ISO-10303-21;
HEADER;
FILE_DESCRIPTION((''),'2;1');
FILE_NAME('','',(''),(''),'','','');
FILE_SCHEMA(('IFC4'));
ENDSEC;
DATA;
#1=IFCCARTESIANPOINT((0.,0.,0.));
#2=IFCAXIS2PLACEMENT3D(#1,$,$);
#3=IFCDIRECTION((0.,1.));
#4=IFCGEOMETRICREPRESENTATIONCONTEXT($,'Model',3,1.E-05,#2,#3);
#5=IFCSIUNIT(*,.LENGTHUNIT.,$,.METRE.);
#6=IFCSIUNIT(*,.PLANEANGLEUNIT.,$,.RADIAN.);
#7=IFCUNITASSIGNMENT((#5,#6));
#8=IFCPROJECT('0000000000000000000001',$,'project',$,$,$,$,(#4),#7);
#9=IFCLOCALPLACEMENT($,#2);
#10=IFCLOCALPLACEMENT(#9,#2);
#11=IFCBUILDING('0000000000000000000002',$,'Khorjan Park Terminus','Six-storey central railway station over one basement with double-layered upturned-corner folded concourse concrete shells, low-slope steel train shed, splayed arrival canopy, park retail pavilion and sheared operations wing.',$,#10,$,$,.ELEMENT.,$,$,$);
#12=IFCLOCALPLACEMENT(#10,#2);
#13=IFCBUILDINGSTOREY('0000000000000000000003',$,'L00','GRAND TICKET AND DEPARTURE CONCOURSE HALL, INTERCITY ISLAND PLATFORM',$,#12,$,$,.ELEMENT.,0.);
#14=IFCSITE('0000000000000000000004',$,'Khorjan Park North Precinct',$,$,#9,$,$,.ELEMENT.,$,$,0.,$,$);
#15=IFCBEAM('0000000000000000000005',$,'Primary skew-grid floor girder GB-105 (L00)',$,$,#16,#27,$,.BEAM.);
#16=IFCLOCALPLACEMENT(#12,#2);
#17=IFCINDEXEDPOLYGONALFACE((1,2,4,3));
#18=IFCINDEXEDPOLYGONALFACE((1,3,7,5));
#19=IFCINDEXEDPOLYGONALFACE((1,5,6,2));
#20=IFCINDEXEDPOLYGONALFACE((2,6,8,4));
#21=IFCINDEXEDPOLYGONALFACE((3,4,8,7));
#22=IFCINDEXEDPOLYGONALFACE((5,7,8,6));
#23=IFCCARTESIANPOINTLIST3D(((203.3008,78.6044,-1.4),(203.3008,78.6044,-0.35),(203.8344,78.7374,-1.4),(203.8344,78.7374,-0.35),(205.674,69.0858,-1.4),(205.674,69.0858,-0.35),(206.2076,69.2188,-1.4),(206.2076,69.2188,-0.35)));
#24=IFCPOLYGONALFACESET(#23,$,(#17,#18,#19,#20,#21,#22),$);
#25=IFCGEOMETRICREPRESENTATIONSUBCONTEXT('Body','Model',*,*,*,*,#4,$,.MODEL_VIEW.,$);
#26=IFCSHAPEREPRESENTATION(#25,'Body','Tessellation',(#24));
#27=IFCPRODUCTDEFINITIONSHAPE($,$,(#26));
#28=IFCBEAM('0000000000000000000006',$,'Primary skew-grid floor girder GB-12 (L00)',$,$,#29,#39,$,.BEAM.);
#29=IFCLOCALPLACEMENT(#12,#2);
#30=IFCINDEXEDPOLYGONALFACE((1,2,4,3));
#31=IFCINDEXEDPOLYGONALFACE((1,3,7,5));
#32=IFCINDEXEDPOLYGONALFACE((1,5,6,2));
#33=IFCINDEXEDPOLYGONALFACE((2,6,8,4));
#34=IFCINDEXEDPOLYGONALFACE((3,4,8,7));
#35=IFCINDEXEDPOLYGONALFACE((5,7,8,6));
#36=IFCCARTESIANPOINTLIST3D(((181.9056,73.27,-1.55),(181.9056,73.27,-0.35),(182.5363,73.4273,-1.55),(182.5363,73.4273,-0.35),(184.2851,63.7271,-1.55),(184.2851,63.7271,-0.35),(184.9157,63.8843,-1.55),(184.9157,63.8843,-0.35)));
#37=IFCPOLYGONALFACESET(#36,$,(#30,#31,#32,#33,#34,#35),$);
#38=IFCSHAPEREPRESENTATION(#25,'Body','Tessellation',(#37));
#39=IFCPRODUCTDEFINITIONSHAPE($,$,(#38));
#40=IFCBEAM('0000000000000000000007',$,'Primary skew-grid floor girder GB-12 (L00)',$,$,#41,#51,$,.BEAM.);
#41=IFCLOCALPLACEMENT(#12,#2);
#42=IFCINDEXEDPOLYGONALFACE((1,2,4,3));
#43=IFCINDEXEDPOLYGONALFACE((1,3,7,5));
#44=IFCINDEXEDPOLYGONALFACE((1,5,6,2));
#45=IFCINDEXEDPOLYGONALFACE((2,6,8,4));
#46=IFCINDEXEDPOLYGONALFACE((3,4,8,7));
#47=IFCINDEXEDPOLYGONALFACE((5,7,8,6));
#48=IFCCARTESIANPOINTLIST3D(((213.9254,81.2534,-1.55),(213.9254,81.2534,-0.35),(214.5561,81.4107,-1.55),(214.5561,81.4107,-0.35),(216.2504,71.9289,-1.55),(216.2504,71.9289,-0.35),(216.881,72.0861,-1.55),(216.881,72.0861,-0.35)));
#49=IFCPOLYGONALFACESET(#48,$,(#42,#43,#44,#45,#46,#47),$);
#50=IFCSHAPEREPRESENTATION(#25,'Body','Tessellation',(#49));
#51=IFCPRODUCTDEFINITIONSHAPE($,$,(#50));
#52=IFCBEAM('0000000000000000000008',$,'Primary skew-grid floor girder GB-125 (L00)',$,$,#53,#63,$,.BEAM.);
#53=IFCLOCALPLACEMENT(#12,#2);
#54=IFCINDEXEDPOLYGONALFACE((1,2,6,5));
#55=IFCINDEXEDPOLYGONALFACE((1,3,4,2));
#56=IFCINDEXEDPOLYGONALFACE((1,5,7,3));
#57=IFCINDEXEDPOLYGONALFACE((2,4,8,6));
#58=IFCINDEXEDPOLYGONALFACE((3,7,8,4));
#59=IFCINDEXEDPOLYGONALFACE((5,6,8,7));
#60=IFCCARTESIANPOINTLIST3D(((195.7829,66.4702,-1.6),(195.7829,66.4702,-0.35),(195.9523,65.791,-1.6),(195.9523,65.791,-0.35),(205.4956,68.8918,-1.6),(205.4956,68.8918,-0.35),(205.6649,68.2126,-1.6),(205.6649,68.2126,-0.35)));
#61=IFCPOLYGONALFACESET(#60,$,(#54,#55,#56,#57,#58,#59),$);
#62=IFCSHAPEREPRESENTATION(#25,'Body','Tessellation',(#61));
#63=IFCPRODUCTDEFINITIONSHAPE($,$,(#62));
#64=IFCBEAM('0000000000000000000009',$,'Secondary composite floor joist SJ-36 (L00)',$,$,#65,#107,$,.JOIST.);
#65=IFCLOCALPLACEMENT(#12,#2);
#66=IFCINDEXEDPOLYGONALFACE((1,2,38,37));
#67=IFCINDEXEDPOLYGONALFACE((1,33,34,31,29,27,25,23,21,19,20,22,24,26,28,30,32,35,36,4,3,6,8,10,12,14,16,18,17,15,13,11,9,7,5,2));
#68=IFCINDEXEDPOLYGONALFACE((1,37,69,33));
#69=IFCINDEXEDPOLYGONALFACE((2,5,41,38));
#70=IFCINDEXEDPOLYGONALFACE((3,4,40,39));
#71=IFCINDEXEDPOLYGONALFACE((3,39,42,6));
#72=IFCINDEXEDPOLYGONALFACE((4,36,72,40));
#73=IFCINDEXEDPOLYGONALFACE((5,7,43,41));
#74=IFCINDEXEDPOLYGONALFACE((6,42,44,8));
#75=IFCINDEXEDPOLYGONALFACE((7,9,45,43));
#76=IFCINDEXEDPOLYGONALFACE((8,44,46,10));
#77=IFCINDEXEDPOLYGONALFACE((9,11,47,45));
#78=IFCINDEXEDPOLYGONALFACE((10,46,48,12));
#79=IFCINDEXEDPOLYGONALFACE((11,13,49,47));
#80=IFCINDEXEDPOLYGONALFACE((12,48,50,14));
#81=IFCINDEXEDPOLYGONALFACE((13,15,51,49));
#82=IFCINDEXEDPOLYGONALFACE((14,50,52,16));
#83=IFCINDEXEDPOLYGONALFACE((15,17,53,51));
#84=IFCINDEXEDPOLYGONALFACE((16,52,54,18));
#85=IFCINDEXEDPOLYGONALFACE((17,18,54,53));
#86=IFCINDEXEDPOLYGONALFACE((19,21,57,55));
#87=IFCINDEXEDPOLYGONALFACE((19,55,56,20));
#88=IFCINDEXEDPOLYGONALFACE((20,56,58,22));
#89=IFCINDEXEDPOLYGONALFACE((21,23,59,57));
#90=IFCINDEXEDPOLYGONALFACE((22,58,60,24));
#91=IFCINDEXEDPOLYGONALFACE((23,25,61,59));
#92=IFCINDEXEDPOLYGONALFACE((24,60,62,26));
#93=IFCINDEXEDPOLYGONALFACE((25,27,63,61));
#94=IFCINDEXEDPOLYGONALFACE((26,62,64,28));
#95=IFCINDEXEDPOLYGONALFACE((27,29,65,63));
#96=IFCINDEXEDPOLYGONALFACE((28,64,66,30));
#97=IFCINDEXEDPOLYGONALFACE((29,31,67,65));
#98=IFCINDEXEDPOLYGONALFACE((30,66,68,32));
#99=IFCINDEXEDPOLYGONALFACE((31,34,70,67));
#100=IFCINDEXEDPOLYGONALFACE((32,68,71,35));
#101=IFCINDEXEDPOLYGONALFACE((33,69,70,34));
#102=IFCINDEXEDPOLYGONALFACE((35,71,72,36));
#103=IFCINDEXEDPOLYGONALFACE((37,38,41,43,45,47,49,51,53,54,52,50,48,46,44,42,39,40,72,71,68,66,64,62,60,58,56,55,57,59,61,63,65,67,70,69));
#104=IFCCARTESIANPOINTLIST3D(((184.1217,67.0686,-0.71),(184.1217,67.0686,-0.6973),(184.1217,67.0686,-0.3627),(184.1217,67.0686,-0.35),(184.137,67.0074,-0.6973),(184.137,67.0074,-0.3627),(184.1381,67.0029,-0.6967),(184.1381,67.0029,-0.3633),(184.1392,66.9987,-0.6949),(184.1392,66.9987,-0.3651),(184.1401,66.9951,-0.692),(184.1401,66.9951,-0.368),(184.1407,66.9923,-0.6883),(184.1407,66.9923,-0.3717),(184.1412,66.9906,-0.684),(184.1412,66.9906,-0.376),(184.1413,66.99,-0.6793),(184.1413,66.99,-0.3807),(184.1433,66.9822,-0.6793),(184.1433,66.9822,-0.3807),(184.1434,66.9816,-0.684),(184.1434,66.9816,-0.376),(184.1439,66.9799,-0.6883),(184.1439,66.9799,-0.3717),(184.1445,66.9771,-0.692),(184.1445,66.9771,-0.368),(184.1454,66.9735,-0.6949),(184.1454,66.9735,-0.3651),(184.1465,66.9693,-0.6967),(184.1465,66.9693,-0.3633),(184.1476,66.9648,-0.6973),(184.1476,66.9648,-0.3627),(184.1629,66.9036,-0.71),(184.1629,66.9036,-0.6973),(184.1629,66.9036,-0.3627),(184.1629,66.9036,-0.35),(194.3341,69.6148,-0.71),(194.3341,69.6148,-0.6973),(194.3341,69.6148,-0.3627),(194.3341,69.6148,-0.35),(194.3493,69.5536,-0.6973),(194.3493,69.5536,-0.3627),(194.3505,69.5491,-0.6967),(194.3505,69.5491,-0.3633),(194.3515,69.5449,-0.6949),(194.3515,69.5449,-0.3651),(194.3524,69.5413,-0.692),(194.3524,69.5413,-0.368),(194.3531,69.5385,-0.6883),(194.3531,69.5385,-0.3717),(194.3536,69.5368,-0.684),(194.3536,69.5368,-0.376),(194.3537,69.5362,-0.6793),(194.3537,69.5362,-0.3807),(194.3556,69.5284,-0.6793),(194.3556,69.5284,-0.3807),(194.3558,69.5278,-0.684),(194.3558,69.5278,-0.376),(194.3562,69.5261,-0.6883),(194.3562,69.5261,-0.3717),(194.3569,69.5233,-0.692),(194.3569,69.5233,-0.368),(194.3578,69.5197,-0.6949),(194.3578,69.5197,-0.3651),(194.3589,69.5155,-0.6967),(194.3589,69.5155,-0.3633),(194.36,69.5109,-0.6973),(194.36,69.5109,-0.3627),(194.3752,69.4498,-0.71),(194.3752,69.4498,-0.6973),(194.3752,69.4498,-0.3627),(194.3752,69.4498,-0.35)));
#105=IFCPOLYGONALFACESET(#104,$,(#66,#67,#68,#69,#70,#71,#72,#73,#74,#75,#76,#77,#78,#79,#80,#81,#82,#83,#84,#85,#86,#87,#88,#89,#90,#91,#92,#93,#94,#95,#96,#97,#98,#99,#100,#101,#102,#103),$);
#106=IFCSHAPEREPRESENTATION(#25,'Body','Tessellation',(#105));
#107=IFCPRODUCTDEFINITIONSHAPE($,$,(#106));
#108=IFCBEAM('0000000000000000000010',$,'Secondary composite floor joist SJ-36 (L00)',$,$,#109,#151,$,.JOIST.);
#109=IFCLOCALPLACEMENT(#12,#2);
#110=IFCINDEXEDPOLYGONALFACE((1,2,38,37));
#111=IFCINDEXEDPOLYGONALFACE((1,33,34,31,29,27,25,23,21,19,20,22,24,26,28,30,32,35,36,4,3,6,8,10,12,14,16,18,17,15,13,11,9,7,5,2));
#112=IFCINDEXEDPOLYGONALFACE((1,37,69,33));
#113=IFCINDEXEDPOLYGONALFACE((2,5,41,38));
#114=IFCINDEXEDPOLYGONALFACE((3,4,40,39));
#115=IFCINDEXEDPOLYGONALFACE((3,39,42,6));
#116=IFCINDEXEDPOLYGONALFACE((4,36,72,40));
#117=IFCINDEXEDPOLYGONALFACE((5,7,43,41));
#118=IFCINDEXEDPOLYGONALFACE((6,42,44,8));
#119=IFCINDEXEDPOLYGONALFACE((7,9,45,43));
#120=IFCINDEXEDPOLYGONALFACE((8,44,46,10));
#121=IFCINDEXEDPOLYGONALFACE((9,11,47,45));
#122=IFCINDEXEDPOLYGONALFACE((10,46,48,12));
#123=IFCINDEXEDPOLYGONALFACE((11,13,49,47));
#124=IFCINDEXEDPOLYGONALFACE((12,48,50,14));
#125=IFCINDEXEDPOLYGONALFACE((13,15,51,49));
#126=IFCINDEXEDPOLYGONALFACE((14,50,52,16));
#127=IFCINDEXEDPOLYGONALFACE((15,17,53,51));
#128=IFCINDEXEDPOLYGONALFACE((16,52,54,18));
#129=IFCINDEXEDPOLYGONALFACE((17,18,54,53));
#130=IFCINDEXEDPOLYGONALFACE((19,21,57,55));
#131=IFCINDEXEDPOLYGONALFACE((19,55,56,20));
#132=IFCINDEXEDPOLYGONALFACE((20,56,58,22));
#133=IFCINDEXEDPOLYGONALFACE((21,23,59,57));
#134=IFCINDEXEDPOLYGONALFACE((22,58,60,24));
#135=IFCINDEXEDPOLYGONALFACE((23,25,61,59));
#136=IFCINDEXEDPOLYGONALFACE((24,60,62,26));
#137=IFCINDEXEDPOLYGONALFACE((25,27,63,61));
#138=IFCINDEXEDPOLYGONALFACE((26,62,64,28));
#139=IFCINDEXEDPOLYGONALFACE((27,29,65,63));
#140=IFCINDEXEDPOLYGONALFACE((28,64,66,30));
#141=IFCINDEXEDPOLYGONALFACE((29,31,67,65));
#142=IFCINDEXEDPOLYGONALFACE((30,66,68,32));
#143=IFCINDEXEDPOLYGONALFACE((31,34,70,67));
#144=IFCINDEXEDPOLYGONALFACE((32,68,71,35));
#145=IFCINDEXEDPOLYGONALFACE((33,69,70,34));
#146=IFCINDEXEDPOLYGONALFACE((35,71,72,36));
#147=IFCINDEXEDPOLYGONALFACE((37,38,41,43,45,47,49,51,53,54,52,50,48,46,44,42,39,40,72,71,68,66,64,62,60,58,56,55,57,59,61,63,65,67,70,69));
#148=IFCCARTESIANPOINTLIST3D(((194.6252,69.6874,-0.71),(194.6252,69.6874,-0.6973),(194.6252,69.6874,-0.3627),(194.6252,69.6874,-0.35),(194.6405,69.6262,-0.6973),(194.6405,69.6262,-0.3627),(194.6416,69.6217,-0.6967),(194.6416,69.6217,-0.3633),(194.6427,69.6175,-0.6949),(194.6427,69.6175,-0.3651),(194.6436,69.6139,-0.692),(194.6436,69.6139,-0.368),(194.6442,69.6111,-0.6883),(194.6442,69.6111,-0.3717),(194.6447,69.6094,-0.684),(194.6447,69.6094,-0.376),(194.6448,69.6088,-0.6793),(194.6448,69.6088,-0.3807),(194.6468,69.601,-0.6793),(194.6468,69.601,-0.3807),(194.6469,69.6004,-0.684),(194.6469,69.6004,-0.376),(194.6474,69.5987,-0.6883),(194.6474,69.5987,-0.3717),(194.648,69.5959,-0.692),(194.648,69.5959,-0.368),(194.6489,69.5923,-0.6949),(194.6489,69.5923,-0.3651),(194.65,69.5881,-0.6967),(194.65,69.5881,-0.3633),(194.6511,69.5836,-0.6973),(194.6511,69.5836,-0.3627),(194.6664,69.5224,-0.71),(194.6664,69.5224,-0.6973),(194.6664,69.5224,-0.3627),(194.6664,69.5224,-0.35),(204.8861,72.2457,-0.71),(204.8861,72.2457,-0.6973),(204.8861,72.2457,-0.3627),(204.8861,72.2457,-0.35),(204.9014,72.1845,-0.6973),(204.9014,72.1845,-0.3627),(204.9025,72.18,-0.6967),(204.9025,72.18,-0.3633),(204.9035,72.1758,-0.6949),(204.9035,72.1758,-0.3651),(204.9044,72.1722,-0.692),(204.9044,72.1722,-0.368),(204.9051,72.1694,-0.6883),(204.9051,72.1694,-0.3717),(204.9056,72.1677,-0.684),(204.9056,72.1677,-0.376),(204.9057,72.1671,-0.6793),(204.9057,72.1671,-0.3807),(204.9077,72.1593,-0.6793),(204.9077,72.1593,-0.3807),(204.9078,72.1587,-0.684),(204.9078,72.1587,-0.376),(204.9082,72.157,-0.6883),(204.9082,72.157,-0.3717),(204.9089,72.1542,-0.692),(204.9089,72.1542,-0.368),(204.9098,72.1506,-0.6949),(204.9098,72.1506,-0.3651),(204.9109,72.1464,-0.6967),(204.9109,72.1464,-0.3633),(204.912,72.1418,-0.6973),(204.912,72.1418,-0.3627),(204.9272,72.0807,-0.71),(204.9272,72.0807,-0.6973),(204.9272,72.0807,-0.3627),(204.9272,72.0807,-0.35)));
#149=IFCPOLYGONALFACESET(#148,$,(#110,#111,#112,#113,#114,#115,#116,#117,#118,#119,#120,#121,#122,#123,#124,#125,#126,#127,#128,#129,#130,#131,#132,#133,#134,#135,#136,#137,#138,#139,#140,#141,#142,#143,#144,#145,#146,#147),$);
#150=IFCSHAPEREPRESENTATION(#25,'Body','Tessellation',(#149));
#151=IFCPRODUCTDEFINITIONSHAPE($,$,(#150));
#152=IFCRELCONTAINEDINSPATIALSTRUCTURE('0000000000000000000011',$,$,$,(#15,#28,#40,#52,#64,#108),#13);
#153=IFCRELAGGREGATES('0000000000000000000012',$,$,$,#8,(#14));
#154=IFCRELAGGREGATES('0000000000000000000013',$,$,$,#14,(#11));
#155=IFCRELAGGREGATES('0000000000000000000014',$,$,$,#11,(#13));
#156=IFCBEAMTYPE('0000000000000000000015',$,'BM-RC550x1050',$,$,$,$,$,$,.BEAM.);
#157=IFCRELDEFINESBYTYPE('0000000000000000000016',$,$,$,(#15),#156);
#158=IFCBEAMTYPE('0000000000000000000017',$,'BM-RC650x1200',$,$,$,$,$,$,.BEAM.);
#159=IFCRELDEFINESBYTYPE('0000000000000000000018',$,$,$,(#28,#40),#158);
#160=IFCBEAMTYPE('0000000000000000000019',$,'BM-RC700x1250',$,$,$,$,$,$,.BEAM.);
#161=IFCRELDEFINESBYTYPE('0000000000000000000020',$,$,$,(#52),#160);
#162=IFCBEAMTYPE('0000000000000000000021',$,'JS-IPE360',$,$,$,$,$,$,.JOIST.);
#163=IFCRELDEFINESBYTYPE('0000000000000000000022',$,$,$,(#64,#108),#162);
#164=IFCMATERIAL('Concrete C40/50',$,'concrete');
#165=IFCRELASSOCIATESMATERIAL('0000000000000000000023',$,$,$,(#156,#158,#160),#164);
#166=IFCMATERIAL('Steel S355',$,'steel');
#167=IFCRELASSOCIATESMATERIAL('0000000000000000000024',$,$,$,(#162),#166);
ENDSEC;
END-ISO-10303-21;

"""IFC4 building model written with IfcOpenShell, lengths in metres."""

from ifc_helpers import new_model, si_unit, direction, frame, origin, origin_2d, place, context, subcontext, project, spatial, rectangle, i_section, extrude, material, material_profile, profile_set, type_object, element, save


model = new_model("IFC4")

# Units and contexts
model_context = context("Model", 3, precision=1e-05, world=origin(), true_north=direction((0.0, 1.0)))
body_context = subcontext(model_context, "Body", "Model", "MODEL_VIEW")
ifc_project = project(units=[si_unit("LENGTHUNIT", "METRE"), si_unit("PLANEANGLEUNIT", "RADIAN")], contexts=[model_context])

# Site, building, storey
site_placement = place(None, origin())
site = spatial("IfcSite", under=ifc_project, at=site_placement, Name="Khorjan Park North Precinct", CompositionType="ELEMENT", RefElevation=0.0)
building_placement = place(site_placement, origin())
building = spatial("IfcBuilding", under=site, at=building_placement, Name="Khorjan Park Terminus", Description="Six-storey central railway station over one basement with double-layered upturned-corner folded concourse concrete shells, low-slope steel train shed, splayed arrival canopy, park retail pavilion and sheared operations wing.", CompositionType="ELEMENT")
storey_placement = place(building_placement, origin())
storey = spatial("IfcBuildingStorey", under=building, at=storey_placement, Name="L00", Description="GRAND TICKET AND DEPARTURE CONCOURSE HALL, INTERCITY ISLAND PLATFORM", CompositionType="ELEMENT", Elevation=0.0)

# Beams
ifc_material_1 = material(Name="Steel S355", Category="steel")
ifc_material_2 = material(Name="Concrete C40/50", Category="concrete")
ifc_material_profile_1 = material_profile(ifc_material_2, rectangle(XDim=0.55, YDim=1.05, at=origin_2d()), Name="RC 550x1050")
ifc_profile_set_1 = profile_set([ifc_material_profile_1], Name="Concrete C40/50")
beam_type_1 = type_object("IfcBeamType", Name="BM-RC550x1050", PredefinedType="BEAM", material=ifc_profile_set_1)
beam_1_placement = place(storey_placement, frame((205.9408, 69.1523, -0.875), z_axis=(-0.241917, 0.970297, 0.0), x_axis=(-0.970297, -0.241917, 0.0)))
element("IfcBeam", 1, at=beam_1_placement, inside=storey, type_object=beam_type_1, Name="Primary skew-grid floor girder GB-105 (L00)", PredefinedType="BEAM", context=body_context, shape_type="SweptSolid", body=[
    extrude(rectangle(XDim=0.55, YDim=1.05, at=origin_2d()), origin(), (0.0, 0.0, 1.0), 9.81),
])
ifc_material_profile_2 = material_profile(ifc_material_2, rectangle(XDim=0.65, YDim=1.2, at=origin_2d()), Name="RC 650x1200")
ifc_profile_set_2 = profile_set([ifc_material_profile_2], Name="Concrete C40/50")
beam_type_2 = type_object("IfcBeamType", Name="BM-RC650x1200", PredefinedType="BEAM", material=ifc_profile_set_2)
beam_2_placement = place(storey_placement, frame((184.6004, 63.8057, -0.95), z_axis=(-0.24193, 0.970294, 0.0), x_axis=(-0.970294, -0.24193, 0.0)))
element("IfcBeam", 2, at=beam_2_placement, inside=storey, type_object=beam_type_2, Name="Primary skew-grid floor girder GB-12 (L00)", PredefinedType="BEAM", context=body_context, shape_type="SweptSolid", body=[
    extrude(rectangle(XDim=0.65, YDim=1.2, at=origin_2d()), origin(), (0.0, 0.0, 1.0), 9.8351),
])
beam_3_placement = place(storey_placement, frame((216.5657, 72.0075, -0.95), z_axis=(-0.241926, 0.970295, 0.0), x_axis=(-0.970295, -0.241926, 0.0)))
element("IfcBeam", 3, at=beam_3_placement, inside=storey, type_object=beam_type_2, Name="Primary skew-grid floor girder GB-12 (L00)", PredefinedType="BEAM", context=body_context, shape_type="SweptSolid", body=[
    extrude(rectangle(XDim=0.65, YDim=1.2, at=origin_2d()), origin(), (0.0, 0.0, 1.0), 9.61),
])
ifc_material_profile_3 = material_profile(ifc_material_2, rectangle(XDim=0.7, YDim=1.25, at=origin_2d()), Name="RC 700x1250")
ifc_profile_set_3 = profile_set([ifc_material_profile_3], Name="Concrete C40/50")
beam_type_3 = type_object("IfcBeamType", Name="BM-RC700x1250", PredefinedType="BEAM", material=ifc_profile_set_3)
beam_4_placement = place(storey_placement, frame((195.8676, 66.1306, -0.975), z_axis=(0.970297, 0.241917, 0.0), x_axis=(-0.241917, 0.970297, 0.0)))
element("IfcBeam", 4, at=beam_4_placement, inside=storey, type_object=beam_type_3, Name="Primary skew-grid floor girder GB-125 (L00)", PredefinedType="BEAM", context=body_context, shape_type="SweptSolid", body=[
    extrude(rectangle(XDim=0.7, YDim=1.25, at=origin_2d()), origin(), (0.0, 0.0, 1.0), 10.01),
])
ifc_material_profile_4 = material_profile(ifc_material_1, i_section(OverallWidth=0.17, OverallDepth=0.36, WebThickness=0.008, FlangeThickness=0.0127, FilletRadius=0.018, at=origin_2d()), Name="IPE 360")
ifc_profile_set_4 = profile_set([ifc_material_profile_4], Name="Steel S355")
beam_type_4 = type_object("IfcBeamType", Name="JS-IPE360", PredefinedType="JOIST", material=ifc_profile_set_4)
beam_5_placement = place(storey_placement, frame((184.1423, 66.9861, -0.53), z_axis=(0.970297, 0.241919, 0.0), x_axis=(-0.241919, 0.970297, 0.0)))
element("IfcBeam", 5, at=beam_5_placement, inside=storey, type_object=beam_type_4, Name="Secondary composite floor joist SJ-36 (L00)", PredefinedType="JOIST", context=body_context, shape_type="SweptSolid", body=[
    extrude(i_section(OverallWidth=0.17, OverallDepth=0.36, WebThickness=0.008, FlangeThickness=0.0127, FilletRadius=0.018, at=origin_2d()), origin(), (0.0, 0.0, 1.0), 10.525),
])
beam_6_placement = place(storey_placement, frame((194.6458, 69.6049, -0.53), z_axis=(0.970296, 0.241919, 0.0), x_axis=(-0.241919, 0.970296, 0.0)))
element("IfcBeam", 6, at=beam_6_placement, inside=storey, type_object=beam_type_4, Name="Secondary composite floor joist SJ-36 (L00)", PredefinedType="JOIST", context=body_context, shape_type="SweptSolid", body=[
    extrude(i_section(OverallWidth=0.17, OverallDepth=0.36, WebThickness=0.008, FlangeThickness=0.0127, FilletRadius=0.018, at=origin_2d()), origin(), (0.0, 0.0, 1.0), 10.575),
])

save(model, "model.ifc")
